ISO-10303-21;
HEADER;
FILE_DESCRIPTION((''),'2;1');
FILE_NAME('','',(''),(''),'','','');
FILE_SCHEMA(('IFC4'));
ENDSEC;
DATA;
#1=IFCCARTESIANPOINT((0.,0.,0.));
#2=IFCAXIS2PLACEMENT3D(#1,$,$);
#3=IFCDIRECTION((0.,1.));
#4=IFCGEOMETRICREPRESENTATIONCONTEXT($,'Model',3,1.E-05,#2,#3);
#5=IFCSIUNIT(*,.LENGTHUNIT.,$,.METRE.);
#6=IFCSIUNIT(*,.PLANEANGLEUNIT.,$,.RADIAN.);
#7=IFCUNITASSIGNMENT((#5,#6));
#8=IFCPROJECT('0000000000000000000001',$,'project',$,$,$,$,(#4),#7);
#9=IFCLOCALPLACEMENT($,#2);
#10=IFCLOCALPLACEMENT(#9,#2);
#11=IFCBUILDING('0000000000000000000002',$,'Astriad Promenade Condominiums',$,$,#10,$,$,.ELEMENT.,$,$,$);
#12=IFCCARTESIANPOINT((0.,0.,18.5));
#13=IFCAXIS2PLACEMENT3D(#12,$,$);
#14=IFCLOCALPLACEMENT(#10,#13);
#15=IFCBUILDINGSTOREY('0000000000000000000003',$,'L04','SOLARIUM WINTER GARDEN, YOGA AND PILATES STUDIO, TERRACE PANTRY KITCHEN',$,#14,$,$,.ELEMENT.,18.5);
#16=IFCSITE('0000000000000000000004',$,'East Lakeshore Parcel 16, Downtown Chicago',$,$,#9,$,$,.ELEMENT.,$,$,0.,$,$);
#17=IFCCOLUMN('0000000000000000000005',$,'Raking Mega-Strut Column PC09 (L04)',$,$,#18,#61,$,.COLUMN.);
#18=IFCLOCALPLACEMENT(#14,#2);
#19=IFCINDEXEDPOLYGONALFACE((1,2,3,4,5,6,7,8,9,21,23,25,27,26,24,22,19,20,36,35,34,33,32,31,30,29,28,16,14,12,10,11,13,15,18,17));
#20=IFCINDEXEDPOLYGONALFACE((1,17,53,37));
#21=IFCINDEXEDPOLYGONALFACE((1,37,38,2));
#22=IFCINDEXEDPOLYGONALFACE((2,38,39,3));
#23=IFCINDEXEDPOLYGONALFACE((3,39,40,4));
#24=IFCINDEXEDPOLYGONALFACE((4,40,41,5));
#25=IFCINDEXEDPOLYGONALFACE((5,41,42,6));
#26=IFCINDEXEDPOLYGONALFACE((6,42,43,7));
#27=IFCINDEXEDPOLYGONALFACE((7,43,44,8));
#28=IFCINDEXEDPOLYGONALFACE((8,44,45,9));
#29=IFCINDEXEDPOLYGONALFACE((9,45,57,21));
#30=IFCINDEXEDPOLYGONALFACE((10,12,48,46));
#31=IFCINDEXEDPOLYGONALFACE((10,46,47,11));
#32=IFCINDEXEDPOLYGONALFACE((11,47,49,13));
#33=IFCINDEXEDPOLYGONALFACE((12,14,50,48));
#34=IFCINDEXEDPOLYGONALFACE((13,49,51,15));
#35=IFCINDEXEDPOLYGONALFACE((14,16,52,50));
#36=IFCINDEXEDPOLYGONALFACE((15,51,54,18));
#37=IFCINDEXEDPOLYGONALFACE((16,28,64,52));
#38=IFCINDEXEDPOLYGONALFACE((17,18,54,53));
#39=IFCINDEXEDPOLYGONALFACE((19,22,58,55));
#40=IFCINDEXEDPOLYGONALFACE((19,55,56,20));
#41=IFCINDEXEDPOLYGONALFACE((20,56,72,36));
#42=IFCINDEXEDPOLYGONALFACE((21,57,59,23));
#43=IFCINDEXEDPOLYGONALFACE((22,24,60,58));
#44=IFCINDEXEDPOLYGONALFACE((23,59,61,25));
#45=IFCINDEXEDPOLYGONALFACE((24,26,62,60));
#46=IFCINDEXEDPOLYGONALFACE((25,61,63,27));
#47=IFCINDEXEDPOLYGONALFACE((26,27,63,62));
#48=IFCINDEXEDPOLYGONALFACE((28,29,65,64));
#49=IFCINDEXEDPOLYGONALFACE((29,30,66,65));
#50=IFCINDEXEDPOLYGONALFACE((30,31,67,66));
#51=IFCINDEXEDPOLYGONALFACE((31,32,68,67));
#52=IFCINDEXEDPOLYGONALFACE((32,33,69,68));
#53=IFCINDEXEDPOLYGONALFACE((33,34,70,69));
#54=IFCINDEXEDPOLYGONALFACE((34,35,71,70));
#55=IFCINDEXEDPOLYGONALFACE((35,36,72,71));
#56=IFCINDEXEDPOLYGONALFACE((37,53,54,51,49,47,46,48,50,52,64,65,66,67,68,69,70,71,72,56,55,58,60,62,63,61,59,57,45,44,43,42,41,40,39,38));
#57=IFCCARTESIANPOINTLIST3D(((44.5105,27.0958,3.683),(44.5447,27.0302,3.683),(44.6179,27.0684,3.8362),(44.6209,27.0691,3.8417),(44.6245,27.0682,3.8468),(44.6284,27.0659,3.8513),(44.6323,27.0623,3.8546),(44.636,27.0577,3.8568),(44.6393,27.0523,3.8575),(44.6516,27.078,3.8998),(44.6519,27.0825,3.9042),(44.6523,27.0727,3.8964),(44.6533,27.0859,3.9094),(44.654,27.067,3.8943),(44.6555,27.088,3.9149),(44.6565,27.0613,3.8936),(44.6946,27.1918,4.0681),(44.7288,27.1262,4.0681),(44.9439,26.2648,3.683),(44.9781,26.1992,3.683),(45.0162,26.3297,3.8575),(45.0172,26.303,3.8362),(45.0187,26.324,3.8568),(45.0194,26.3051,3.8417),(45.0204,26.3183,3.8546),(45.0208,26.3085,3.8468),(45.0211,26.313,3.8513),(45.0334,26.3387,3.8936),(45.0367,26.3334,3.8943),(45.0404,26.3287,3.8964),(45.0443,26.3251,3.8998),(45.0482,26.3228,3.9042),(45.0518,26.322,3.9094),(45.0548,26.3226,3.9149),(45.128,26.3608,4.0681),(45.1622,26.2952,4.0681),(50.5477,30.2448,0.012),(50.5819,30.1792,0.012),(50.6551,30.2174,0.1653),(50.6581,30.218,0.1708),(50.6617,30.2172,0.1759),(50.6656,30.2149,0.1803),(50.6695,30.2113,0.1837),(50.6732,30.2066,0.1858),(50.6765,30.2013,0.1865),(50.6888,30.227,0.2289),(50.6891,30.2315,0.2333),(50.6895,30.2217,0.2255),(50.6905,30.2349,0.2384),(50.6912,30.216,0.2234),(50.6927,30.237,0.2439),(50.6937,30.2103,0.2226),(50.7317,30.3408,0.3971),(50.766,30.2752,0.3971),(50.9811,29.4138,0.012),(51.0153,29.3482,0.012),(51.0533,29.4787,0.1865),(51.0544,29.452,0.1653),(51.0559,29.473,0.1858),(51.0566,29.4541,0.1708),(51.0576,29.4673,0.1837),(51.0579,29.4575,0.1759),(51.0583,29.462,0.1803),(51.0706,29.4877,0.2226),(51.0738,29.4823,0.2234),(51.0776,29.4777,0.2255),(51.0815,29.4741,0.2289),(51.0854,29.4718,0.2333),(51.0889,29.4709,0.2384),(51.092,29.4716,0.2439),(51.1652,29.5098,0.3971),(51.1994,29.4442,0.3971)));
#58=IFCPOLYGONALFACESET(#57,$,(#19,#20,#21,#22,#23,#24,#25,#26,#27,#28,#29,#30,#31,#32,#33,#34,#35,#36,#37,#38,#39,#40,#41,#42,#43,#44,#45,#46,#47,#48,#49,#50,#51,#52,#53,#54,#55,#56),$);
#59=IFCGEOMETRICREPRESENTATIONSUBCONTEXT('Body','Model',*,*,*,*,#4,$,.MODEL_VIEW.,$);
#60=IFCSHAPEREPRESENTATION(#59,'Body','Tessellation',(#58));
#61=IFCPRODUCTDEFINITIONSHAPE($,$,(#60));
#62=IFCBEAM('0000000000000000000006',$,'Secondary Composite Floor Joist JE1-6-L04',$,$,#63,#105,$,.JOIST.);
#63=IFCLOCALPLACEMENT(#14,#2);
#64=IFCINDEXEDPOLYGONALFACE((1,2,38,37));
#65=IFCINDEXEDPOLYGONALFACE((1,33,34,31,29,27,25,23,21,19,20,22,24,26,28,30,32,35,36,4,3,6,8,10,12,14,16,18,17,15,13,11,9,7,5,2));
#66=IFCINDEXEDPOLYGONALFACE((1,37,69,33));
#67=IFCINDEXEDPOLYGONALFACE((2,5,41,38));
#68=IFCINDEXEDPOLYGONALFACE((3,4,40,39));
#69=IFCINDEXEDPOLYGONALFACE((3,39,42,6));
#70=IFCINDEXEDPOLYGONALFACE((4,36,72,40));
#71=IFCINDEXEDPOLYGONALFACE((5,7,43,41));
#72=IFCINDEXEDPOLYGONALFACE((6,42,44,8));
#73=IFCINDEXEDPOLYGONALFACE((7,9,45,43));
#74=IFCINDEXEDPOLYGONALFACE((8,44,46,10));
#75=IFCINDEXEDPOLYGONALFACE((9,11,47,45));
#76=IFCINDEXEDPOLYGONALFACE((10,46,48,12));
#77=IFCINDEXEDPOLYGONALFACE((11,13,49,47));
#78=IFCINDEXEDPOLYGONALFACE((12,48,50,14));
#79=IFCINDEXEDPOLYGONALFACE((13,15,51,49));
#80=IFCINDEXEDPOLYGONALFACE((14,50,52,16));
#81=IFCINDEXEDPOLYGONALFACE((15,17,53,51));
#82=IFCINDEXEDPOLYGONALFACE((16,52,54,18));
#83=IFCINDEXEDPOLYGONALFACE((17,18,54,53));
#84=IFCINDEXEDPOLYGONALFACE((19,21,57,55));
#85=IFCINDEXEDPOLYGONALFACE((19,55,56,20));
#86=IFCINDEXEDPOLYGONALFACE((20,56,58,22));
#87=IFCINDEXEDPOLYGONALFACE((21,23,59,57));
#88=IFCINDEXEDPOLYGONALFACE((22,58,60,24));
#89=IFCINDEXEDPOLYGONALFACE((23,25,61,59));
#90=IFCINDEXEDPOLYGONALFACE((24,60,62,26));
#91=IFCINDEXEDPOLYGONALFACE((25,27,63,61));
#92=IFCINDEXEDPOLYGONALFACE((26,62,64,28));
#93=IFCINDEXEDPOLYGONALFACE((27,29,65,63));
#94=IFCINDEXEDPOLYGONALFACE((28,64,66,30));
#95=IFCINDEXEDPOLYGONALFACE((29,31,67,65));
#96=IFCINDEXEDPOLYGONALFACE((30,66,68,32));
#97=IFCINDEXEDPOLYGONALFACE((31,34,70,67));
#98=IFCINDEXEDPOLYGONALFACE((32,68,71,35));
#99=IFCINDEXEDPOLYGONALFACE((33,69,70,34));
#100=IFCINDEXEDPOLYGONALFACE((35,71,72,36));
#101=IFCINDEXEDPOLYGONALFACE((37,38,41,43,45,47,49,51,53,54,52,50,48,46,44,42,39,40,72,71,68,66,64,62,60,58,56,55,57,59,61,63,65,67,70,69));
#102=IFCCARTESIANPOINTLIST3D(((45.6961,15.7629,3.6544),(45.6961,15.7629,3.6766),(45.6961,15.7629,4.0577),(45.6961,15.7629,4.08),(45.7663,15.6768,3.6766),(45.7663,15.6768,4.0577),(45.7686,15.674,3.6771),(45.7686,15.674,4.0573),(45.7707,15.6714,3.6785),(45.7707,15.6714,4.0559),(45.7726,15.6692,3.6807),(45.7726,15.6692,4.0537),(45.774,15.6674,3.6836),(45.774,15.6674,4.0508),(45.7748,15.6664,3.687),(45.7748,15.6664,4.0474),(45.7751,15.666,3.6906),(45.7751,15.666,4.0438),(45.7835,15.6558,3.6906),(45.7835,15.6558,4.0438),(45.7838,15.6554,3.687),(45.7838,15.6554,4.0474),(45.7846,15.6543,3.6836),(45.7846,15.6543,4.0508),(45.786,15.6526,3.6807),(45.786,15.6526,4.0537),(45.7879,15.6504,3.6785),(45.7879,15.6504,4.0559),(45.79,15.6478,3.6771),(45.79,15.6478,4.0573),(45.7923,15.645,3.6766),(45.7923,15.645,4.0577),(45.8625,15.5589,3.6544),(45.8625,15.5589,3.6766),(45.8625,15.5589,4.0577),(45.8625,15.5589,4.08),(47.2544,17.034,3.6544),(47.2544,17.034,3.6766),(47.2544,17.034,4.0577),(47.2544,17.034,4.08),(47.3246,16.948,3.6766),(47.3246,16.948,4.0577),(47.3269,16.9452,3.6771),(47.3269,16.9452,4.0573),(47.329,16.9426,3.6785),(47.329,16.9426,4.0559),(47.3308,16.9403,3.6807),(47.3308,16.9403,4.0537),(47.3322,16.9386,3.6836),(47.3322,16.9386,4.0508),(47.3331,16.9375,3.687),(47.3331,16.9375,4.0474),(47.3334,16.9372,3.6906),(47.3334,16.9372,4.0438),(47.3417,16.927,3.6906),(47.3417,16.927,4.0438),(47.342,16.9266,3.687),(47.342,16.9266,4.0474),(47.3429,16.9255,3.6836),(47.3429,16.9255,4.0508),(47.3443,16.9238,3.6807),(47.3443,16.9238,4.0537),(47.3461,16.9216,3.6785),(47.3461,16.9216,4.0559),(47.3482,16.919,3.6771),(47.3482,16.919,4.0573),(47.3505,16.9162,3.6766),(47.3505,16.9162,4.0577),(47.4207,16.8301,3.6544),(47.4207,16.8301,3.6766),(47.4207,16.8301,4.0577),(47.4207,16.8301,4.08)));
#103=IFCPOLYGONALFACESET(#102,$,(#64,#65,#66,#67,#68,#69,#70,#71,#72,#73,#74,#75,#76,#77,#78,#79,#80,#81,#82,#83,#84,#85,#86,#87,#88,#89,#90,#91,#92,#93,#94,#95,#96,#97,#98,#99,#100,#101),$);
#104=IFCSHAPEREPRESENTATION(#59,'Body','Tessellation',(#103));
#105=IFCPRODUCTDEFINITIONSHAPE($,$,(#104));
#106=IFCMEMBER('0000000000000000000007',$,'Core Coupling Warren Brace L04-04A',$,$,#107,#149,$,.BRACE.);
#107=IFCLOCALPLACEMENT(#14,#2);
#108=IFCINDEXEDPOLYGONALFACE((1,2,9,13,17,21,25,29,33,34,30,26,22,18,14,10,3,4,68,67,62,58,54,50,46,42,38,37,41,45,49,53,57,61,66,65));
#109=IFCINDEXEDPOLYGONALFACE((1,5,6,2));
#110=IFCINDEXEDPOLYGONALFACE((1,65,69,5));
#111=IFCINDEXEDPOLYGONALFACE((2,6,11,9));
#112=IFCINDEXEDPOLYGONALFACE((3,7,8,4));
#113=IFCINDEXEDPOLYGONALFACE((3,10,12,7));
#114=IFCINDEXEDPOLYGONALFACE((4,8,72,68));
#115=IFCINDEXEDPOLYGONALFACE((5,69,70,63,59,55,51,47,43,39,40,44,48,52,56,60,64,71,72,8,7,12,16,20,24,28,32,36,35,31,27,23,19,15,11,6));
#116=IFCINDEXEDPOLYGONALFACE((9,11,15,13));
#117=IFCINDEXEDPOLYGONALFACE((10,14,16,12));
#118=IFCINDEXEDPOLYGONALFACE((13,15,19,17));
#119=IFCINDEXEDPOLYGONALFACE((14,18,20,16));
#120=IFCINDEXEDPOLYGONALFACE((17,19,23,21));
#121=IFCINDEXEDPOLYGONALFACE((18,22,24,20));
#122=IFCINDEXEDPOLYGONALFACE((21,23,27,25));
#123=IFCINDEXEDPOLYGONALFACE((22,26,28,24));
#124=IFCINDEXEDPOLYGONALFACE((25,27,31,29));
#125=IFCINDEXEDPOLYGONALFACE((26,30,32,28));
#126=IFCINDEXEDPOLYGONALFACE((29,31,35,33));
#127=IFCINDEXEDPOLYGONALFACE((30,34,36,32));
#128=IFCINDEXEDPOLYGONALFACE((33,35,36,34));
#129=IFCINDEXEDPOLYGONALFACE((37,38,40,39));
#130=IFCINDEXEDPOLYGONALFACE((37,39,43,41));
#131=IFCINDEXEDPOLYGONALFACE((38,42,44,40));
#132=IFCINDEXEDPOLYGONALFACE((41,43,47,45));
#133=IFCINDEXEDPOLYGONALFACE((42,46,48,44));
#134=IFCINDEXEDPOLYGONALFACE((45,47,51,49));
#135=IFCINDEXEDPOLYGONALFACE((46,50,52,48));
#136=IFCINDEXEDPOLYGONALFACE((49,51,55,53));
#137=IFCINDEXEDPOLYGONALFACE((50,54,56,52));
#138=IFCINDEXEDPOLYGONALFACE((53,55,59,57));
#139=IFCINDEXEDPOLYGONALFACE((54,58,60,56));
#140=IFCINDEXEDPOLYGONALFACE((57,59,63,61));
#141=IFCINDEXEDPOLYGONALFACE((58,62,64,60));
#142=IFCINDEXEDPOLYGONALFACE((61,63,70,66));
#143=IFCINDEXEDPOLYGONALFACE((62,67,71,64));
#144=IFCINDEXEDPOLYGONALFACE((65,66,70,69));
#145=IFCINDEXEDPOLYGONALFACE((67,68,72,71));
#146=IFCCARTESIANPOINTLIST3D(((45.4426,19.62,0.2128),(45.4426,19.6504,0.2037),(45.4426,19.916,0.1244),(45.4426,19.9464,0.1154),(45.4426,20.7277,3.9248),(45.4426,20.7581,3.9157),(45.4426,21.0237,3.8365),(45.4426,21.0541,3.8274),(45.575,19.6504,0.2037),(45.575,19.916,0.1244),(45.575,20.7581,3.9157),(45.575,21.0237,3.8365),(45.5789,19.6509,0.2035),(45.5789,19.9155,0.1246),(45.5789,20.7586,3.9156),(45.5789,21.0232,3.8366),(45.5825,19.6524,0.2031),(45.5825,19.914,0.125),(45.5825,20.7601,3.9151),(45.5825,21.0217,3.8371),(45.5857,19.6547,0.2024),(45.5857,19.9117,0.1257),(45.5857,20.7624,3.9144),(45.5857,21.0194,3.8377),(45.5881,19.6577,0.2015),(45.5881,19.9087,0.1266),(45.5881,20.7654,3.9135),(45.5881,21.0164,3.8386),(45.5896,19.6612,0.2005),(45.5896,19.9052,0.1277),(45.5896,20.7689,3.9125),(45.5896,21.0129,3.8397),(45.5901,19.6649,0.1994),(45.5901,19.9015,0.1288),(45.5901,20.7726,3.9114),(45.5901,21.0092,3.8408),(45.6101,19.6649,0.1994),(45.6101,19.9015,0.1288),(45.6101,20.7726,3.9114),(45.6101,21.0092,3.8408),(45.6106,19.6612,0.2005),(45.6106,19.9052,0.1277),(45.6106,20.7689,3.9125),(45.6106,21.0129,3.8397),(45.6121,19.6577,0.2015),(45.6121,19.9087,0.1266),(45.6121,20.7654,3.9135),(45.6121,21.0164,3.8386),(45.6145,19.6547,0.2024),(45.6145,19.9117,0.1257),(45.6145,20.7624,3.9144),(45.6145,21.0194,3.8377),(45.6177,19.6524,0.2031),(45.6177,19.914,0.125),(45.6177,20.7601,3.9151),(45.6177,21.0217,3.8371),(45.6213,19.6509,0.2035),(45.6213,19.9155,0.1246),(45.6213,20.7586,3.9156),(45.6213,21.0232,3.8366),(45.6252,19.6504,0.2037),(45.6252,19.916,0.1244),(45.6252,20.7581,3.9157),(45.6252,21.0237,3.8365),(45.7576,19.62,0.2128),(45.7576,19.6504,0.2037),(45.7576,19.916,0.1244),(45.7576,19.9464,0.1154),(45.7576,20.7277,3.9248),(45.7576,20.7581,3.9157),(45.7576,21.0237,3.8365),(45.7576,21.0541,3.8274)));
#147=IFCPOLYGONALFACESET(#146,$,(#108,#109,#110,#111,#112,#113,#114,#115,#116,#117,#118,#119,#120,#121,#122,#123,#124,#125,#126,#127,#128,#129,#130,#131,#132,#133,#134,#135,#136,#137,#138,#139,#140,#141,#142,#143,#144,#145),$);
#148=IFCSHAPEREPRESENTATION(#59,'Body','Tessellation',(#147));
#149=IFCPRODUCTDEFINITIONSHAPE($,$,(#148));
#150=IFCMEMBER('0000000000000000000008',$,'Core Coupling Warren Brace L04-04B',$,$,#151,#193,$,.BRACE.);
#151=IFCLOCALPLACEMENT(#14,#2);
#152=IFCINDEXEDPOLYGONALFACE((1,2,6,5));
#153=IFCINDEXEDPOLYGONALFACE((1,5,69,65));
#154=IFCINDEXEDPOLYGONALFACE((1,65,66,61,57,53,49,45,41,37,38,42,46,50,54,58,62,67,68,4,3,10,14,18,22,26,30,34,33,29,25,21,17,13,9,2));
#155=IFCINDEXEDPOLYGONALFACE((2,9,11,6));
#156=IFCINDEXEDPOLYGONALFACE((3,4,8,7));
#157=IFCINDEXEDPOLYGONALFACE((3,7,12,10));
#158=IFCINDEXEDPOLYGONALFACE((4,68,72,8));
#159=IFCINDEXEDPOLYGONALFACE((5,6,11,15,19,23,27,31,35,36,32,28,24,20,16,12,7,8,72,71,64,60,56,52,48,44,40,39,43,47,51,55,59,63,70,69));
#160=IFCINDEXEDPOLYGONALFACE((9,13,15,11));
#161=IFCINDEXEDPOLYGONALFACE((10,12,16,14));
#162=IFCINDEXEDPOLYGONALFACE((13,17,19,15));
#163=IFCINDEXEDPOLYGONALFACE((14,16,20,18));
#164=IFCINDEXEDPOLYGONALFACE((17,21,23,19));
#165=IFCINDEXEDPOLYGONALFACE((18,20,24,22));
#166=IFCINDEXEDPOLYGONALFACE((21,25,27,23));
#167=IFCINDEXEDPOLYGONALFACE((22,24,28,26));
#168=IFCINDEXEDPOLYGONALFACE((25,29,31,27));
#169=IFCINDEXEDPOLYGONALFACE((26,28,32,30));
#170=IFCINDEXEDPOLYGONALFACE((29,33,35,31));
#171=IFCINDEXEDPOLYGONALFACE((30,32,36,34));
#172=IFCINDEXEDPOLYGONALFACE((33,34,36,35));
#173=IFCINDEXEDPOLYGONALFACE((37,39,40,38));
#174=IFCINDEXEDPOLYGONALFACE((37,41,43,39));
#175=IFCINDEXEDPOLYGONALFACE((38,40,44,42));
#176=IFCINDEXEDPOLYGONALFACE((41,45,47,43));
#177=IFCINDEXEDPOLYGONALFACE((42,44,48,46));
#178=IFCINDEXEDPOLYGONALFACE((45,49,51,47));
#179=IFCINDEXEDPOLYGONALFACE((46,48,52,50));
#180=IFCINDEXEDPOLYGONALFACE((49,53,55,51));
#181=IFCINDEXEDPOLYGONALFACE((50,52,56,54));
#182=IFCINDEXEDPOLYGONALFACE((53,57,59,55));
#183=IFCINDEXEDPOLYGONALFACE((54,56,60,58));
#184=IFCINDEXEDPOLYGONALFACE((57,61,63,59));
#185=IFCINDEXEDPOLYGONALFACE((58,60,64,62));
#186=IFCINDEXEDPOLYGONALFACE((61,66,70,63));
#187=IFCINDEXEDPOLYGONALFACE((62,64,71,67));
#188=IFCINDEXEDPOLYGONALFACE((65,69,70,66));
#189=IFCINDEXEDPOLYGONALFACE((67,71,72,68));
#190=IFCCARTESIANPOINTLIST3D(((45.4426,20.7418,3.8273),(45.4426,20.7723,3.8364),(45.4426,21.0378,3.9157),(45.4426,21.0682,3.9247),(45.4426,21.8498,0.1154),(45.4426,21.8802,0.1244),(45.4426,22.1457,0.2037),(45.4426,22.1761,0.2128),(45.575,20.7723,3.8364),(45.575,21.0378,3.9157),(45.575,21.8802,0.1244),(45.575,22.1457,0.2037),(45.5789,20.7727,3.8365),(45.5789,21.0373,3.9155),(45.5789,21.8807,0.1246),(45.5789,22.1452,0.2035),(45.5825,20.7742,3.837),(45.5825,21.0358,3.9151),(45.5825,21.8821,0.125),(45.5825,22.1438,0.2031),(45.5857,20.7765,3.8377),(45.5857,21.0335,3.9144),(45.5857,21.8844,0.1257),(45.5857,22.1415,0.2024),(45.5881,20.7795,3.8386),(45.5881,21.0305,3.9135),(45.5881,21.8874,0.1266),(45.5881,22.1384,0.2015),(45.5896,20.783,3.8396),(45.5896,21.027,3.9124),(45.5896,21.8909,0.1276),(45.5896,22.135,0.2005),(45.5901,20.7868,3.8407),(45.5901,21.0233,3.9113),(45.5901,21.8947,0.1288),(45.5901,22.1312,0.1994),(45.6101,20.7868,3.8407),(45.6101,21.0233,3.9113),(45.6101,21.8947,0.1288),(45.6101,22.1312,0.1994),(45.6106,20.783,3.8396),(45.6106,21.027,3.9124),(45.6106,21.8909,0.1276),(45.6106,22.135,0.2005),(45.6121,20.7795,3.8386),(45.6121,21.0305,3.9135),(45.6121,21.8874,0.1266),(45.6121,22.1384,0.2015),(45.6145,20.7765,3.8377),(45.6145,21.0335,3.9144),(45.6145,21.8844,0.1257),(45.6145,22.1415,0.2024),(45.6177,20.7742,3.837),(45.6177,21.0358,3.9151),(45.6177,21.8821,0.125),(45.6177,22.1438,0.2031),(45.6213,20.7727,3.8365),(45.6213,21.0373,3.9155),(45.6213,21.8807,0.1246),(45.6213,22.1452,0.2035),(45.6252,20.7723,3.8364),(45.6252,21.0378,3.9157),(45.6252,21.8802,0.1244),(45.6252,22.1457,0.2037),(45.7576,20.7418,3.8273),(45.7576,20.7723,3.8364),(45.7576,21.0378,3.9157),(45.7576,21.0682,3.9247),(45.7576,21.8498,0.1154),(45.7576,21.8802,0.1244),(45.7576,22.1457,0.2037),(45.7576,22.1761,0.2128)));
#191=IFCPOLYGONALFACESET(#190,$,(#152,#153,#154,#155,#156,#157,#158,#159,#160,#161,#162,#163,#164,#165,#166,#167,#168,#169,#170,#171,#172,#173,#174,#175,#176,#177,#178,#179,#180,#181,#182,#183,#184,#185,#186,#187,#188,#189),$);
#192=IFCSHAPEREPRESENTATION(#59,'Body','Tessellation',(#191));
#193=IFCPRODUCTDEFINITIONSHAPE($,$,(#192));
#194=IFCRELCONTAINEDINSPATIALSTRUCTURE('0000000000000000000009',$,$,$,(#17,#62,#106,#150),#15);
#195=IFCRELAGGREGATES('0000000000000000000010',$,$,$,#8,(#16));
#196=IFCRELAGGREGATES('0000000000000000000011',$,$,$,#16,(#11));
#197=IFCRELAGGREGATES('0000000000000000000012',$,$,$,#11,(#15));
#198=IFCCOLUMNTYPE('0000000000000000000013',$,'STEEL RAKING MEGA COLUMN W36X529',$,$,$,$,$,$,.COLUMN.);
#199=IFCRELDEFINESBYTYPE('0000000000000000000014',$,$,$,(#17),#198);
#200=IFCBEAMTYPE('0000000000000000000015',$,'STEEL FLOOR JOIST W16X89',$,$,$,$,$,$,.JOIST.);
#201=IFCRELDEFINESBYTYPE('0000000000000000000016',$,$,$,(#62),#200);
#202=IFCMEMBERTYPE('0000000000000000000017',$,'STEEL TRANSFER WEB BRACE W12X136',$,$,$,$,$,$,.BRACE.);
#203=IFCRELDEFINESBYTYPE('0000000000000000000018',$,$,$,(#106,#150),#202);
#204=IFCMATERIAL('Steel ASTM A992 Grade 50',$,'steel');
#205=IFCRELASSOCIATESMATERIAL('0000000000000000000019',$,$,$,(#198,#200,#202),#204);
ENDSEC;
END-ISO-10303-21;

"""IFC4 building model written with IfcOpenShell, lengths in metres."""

from ifc_helpers import new_model, si_unit, direction, frame, origin, origin_2d, place, context, subcontext, project, spatial, i_section, extrude, source, transform, mapped, material, material_profile, profile_set, type_object, type_shapes, element, save


model = new_model("IFC4")

# Units and contexts
model_context = context("Model", 3, precision=1e-05, world=origin(), true_north=direction((0.0, 1.0)))
body_context = subcontext(model_context, "Body", "Model", "MODEL_VIEW")
ifc_project = project(units=[si_unit("LENGTHUNIT", "METRE"), si_unit("PLANEANGLEUNIT", "RADIAN")], contexts=[model_context])

# Site, building, storey
site_placement = place(None, origin())
site = spatial("IfcSite", under=ifc_project, at=site_placement, Name="East Lakeshore Parcel 16, Downtown Chicago", CompositionType="ELEMENT", RefElevation=0.0)
building_placement = place(site_placement, origin())
building = spatial("IfcBuilding", under=site, at=building_placement, Name="Astriad Promenade Condominiums", CompositionType="ELEMENT")
storey_placement = place(building_placement, frame((0.0, 0.0, 18.5)))
storey = spatial("IfcBuildingStorey", under=building, at=storey_placement, Name="L04", Description="SOLARIUM WINTER GARDEN, YOGA AND PILATES STUDIO, TERRACE PANTRY KITCHEN", CompositionType="ELEMENT", Elevation=18.5)

# Column
ifc_material_1 = material(Name="Steel ASTM A992 Grade 50", Category="steel")
ifc_material_profile_1 = material_profile(ifc_material_1, i_section(OverallWidth=0.4375, OverallDepth=1.0112, WebThickness=0.041, FlangeThickness=0.074, FilletRadius=0.0242, at=origin_2d()), Name="W36X529")
ifc_profile_set_1 = profile_set([ifc_material_profile_1], Name="Steel ASTM A992 Grade 50")
column_type = type_object("IfcColumnType", Name="STEEL RAKING MEGA COLUMN W36X529", PredefinedType="COLUMN", material=ifc_profile_set_1)
shared_shape_1 = source(origin(), body_context, "Body", "SweptSolid", [
    extrude(i_section(OverallWidth=0.4375, OverallDepth=1.0112, WebThickness=0.041, FlangeThickness=0.074, FilletRadius=0.0242, at=origin_2d()), origin(), (0.0, 0.0, 1.0), 7.7356),
])
type_shapes(column_type, [shared_shape_1])
column_placement = place(storey_placement, frame((50.8735, 29.8445, 0.2046), z_axis=(-0.780442, -0.407075, 0.474552), x_axis=(0.420756, 0.219464, 0.880227)))
element("IfcColumn", 1, at=column_placement, inside=storey, type_object=column_type, Name="Raking Mega-Strut Column PC09 (L04)", PredefinedType="COLUMN", context=body_context, shape_type="MappedRepresentation", body=[
    mapped(shared_shape_1, transform((0.0, 0.0, 0.0), scale=1.0)),
])

# Beam
ifc_material_profile_2 = material_profile(ifc_material_1, i_section(OverallWidth=0.2632, OverallDepth=0.4255, WebThickness=0.0132, FlangeThickness=0.0222, FilletRadius=0.0139, at=origin_2d()), Name="W16X89")
ifc_profile_set_2 = profile_set([ifc_material_profile_2], Name="Steel ASTM A992 Grade 50")
beam_type = type_object("IfcBeamType", Name="STEEL FLOOR JOIST W16X89", PredefinedType="JOIST", material=ifc_profile_set_2)
shared_shape_2 = source(origin(), body_context, "Body", "SweptSolid", [
    extrude(i_section(OverallWidth=0.2632, OverallDepth=0.4255, WebThickness=0.0132, FlangeThickness=0.0222, FilletRadius=0.0139, at=origin_2d()), origin(), (0.0, 0.0, 1.0), 2.011),
])
type_shapes(beam_type, [shared_shape_2])
beam_placement = place(storey_placement, frame((45.7793, 15.6609, 3.8672), z_axis=(0.774876, 0.632113, 0.0), x_axis=(-0.632113, 0.774876, 0.0)))
element("IfcBeam", 2, at=beam_placement, inside=storey, type_object=beam_type, Name="Secondary Composite Floor Joist JE1-6-L04", PredefinedType="JOIST", context=body_context, shape_type="MappedRepresentation", body=[
    mapped(shared_shape_2, transform((0.0, 0.0, 0.0), scale=1.0)),
])

# Members
ifc_material_profile_3 = material_profile(ifc_material_1, i_section(OverallWidth=0.3149, OverallDepth=0.3406, WebThickness=0.02, FlangeThickness=0.0317, FilletRadius=0.0151, at=origin_2d()), Name="W12X136")
ifc_profile_set_3 = profile_set([ifc_material_profile_3], Name="Steel ASTM A992 Grade 50")
member_type_1 = type_object("IfcMemberType", Name="STEEL TRANSFER WEB BRACE W12X136", PredefinedType="BRACE", material=ifc_profile_set_3)
shared_shape_3 = source(origin(), body_context, "Body", "SweptSolid", [
    extrude(i_section(OverallWidth=0.3149, OverallDepth=0.3406, WebThickness=0.02, FlangeThickness=0.0317, FilletRadius=0.0151, at=origin_2d()), origin(), (0.0, 0.0, 1.0), 3.8738),
])
type_shapes(member_type_1, [shared_shape_3])
for number, where, z_axis, x_axis, name in (
    (3, (45.6001, 19.7832, 0.1641), (0.0, 0.285948, 0.958245), (-1.0, 0.0, 0.0), "Core Coupling Warren Brace L04-04A"),
    (4, (45.6001, 22.0129, 0.1641), (0.0, -0.286006, 0.958228), (1.0, 0.0, 0.0), "Core Coupling Warren Brace L04-04B"),
):
    element("IfcMember", number, at=place(storey_placement, frame(where, z_axis=z_axis, x_axis=x_axis)), inside=storey, type_object=member_type_1, Name=name, PredefinedType="BRACE", context=body_context, shape_type="MappedRepresentation", body=[
        mapped(shared_shape_3, transform((0.0, 0.0, 0.0), scale=1.0)),
    ])

save(model, "model.ifc")
